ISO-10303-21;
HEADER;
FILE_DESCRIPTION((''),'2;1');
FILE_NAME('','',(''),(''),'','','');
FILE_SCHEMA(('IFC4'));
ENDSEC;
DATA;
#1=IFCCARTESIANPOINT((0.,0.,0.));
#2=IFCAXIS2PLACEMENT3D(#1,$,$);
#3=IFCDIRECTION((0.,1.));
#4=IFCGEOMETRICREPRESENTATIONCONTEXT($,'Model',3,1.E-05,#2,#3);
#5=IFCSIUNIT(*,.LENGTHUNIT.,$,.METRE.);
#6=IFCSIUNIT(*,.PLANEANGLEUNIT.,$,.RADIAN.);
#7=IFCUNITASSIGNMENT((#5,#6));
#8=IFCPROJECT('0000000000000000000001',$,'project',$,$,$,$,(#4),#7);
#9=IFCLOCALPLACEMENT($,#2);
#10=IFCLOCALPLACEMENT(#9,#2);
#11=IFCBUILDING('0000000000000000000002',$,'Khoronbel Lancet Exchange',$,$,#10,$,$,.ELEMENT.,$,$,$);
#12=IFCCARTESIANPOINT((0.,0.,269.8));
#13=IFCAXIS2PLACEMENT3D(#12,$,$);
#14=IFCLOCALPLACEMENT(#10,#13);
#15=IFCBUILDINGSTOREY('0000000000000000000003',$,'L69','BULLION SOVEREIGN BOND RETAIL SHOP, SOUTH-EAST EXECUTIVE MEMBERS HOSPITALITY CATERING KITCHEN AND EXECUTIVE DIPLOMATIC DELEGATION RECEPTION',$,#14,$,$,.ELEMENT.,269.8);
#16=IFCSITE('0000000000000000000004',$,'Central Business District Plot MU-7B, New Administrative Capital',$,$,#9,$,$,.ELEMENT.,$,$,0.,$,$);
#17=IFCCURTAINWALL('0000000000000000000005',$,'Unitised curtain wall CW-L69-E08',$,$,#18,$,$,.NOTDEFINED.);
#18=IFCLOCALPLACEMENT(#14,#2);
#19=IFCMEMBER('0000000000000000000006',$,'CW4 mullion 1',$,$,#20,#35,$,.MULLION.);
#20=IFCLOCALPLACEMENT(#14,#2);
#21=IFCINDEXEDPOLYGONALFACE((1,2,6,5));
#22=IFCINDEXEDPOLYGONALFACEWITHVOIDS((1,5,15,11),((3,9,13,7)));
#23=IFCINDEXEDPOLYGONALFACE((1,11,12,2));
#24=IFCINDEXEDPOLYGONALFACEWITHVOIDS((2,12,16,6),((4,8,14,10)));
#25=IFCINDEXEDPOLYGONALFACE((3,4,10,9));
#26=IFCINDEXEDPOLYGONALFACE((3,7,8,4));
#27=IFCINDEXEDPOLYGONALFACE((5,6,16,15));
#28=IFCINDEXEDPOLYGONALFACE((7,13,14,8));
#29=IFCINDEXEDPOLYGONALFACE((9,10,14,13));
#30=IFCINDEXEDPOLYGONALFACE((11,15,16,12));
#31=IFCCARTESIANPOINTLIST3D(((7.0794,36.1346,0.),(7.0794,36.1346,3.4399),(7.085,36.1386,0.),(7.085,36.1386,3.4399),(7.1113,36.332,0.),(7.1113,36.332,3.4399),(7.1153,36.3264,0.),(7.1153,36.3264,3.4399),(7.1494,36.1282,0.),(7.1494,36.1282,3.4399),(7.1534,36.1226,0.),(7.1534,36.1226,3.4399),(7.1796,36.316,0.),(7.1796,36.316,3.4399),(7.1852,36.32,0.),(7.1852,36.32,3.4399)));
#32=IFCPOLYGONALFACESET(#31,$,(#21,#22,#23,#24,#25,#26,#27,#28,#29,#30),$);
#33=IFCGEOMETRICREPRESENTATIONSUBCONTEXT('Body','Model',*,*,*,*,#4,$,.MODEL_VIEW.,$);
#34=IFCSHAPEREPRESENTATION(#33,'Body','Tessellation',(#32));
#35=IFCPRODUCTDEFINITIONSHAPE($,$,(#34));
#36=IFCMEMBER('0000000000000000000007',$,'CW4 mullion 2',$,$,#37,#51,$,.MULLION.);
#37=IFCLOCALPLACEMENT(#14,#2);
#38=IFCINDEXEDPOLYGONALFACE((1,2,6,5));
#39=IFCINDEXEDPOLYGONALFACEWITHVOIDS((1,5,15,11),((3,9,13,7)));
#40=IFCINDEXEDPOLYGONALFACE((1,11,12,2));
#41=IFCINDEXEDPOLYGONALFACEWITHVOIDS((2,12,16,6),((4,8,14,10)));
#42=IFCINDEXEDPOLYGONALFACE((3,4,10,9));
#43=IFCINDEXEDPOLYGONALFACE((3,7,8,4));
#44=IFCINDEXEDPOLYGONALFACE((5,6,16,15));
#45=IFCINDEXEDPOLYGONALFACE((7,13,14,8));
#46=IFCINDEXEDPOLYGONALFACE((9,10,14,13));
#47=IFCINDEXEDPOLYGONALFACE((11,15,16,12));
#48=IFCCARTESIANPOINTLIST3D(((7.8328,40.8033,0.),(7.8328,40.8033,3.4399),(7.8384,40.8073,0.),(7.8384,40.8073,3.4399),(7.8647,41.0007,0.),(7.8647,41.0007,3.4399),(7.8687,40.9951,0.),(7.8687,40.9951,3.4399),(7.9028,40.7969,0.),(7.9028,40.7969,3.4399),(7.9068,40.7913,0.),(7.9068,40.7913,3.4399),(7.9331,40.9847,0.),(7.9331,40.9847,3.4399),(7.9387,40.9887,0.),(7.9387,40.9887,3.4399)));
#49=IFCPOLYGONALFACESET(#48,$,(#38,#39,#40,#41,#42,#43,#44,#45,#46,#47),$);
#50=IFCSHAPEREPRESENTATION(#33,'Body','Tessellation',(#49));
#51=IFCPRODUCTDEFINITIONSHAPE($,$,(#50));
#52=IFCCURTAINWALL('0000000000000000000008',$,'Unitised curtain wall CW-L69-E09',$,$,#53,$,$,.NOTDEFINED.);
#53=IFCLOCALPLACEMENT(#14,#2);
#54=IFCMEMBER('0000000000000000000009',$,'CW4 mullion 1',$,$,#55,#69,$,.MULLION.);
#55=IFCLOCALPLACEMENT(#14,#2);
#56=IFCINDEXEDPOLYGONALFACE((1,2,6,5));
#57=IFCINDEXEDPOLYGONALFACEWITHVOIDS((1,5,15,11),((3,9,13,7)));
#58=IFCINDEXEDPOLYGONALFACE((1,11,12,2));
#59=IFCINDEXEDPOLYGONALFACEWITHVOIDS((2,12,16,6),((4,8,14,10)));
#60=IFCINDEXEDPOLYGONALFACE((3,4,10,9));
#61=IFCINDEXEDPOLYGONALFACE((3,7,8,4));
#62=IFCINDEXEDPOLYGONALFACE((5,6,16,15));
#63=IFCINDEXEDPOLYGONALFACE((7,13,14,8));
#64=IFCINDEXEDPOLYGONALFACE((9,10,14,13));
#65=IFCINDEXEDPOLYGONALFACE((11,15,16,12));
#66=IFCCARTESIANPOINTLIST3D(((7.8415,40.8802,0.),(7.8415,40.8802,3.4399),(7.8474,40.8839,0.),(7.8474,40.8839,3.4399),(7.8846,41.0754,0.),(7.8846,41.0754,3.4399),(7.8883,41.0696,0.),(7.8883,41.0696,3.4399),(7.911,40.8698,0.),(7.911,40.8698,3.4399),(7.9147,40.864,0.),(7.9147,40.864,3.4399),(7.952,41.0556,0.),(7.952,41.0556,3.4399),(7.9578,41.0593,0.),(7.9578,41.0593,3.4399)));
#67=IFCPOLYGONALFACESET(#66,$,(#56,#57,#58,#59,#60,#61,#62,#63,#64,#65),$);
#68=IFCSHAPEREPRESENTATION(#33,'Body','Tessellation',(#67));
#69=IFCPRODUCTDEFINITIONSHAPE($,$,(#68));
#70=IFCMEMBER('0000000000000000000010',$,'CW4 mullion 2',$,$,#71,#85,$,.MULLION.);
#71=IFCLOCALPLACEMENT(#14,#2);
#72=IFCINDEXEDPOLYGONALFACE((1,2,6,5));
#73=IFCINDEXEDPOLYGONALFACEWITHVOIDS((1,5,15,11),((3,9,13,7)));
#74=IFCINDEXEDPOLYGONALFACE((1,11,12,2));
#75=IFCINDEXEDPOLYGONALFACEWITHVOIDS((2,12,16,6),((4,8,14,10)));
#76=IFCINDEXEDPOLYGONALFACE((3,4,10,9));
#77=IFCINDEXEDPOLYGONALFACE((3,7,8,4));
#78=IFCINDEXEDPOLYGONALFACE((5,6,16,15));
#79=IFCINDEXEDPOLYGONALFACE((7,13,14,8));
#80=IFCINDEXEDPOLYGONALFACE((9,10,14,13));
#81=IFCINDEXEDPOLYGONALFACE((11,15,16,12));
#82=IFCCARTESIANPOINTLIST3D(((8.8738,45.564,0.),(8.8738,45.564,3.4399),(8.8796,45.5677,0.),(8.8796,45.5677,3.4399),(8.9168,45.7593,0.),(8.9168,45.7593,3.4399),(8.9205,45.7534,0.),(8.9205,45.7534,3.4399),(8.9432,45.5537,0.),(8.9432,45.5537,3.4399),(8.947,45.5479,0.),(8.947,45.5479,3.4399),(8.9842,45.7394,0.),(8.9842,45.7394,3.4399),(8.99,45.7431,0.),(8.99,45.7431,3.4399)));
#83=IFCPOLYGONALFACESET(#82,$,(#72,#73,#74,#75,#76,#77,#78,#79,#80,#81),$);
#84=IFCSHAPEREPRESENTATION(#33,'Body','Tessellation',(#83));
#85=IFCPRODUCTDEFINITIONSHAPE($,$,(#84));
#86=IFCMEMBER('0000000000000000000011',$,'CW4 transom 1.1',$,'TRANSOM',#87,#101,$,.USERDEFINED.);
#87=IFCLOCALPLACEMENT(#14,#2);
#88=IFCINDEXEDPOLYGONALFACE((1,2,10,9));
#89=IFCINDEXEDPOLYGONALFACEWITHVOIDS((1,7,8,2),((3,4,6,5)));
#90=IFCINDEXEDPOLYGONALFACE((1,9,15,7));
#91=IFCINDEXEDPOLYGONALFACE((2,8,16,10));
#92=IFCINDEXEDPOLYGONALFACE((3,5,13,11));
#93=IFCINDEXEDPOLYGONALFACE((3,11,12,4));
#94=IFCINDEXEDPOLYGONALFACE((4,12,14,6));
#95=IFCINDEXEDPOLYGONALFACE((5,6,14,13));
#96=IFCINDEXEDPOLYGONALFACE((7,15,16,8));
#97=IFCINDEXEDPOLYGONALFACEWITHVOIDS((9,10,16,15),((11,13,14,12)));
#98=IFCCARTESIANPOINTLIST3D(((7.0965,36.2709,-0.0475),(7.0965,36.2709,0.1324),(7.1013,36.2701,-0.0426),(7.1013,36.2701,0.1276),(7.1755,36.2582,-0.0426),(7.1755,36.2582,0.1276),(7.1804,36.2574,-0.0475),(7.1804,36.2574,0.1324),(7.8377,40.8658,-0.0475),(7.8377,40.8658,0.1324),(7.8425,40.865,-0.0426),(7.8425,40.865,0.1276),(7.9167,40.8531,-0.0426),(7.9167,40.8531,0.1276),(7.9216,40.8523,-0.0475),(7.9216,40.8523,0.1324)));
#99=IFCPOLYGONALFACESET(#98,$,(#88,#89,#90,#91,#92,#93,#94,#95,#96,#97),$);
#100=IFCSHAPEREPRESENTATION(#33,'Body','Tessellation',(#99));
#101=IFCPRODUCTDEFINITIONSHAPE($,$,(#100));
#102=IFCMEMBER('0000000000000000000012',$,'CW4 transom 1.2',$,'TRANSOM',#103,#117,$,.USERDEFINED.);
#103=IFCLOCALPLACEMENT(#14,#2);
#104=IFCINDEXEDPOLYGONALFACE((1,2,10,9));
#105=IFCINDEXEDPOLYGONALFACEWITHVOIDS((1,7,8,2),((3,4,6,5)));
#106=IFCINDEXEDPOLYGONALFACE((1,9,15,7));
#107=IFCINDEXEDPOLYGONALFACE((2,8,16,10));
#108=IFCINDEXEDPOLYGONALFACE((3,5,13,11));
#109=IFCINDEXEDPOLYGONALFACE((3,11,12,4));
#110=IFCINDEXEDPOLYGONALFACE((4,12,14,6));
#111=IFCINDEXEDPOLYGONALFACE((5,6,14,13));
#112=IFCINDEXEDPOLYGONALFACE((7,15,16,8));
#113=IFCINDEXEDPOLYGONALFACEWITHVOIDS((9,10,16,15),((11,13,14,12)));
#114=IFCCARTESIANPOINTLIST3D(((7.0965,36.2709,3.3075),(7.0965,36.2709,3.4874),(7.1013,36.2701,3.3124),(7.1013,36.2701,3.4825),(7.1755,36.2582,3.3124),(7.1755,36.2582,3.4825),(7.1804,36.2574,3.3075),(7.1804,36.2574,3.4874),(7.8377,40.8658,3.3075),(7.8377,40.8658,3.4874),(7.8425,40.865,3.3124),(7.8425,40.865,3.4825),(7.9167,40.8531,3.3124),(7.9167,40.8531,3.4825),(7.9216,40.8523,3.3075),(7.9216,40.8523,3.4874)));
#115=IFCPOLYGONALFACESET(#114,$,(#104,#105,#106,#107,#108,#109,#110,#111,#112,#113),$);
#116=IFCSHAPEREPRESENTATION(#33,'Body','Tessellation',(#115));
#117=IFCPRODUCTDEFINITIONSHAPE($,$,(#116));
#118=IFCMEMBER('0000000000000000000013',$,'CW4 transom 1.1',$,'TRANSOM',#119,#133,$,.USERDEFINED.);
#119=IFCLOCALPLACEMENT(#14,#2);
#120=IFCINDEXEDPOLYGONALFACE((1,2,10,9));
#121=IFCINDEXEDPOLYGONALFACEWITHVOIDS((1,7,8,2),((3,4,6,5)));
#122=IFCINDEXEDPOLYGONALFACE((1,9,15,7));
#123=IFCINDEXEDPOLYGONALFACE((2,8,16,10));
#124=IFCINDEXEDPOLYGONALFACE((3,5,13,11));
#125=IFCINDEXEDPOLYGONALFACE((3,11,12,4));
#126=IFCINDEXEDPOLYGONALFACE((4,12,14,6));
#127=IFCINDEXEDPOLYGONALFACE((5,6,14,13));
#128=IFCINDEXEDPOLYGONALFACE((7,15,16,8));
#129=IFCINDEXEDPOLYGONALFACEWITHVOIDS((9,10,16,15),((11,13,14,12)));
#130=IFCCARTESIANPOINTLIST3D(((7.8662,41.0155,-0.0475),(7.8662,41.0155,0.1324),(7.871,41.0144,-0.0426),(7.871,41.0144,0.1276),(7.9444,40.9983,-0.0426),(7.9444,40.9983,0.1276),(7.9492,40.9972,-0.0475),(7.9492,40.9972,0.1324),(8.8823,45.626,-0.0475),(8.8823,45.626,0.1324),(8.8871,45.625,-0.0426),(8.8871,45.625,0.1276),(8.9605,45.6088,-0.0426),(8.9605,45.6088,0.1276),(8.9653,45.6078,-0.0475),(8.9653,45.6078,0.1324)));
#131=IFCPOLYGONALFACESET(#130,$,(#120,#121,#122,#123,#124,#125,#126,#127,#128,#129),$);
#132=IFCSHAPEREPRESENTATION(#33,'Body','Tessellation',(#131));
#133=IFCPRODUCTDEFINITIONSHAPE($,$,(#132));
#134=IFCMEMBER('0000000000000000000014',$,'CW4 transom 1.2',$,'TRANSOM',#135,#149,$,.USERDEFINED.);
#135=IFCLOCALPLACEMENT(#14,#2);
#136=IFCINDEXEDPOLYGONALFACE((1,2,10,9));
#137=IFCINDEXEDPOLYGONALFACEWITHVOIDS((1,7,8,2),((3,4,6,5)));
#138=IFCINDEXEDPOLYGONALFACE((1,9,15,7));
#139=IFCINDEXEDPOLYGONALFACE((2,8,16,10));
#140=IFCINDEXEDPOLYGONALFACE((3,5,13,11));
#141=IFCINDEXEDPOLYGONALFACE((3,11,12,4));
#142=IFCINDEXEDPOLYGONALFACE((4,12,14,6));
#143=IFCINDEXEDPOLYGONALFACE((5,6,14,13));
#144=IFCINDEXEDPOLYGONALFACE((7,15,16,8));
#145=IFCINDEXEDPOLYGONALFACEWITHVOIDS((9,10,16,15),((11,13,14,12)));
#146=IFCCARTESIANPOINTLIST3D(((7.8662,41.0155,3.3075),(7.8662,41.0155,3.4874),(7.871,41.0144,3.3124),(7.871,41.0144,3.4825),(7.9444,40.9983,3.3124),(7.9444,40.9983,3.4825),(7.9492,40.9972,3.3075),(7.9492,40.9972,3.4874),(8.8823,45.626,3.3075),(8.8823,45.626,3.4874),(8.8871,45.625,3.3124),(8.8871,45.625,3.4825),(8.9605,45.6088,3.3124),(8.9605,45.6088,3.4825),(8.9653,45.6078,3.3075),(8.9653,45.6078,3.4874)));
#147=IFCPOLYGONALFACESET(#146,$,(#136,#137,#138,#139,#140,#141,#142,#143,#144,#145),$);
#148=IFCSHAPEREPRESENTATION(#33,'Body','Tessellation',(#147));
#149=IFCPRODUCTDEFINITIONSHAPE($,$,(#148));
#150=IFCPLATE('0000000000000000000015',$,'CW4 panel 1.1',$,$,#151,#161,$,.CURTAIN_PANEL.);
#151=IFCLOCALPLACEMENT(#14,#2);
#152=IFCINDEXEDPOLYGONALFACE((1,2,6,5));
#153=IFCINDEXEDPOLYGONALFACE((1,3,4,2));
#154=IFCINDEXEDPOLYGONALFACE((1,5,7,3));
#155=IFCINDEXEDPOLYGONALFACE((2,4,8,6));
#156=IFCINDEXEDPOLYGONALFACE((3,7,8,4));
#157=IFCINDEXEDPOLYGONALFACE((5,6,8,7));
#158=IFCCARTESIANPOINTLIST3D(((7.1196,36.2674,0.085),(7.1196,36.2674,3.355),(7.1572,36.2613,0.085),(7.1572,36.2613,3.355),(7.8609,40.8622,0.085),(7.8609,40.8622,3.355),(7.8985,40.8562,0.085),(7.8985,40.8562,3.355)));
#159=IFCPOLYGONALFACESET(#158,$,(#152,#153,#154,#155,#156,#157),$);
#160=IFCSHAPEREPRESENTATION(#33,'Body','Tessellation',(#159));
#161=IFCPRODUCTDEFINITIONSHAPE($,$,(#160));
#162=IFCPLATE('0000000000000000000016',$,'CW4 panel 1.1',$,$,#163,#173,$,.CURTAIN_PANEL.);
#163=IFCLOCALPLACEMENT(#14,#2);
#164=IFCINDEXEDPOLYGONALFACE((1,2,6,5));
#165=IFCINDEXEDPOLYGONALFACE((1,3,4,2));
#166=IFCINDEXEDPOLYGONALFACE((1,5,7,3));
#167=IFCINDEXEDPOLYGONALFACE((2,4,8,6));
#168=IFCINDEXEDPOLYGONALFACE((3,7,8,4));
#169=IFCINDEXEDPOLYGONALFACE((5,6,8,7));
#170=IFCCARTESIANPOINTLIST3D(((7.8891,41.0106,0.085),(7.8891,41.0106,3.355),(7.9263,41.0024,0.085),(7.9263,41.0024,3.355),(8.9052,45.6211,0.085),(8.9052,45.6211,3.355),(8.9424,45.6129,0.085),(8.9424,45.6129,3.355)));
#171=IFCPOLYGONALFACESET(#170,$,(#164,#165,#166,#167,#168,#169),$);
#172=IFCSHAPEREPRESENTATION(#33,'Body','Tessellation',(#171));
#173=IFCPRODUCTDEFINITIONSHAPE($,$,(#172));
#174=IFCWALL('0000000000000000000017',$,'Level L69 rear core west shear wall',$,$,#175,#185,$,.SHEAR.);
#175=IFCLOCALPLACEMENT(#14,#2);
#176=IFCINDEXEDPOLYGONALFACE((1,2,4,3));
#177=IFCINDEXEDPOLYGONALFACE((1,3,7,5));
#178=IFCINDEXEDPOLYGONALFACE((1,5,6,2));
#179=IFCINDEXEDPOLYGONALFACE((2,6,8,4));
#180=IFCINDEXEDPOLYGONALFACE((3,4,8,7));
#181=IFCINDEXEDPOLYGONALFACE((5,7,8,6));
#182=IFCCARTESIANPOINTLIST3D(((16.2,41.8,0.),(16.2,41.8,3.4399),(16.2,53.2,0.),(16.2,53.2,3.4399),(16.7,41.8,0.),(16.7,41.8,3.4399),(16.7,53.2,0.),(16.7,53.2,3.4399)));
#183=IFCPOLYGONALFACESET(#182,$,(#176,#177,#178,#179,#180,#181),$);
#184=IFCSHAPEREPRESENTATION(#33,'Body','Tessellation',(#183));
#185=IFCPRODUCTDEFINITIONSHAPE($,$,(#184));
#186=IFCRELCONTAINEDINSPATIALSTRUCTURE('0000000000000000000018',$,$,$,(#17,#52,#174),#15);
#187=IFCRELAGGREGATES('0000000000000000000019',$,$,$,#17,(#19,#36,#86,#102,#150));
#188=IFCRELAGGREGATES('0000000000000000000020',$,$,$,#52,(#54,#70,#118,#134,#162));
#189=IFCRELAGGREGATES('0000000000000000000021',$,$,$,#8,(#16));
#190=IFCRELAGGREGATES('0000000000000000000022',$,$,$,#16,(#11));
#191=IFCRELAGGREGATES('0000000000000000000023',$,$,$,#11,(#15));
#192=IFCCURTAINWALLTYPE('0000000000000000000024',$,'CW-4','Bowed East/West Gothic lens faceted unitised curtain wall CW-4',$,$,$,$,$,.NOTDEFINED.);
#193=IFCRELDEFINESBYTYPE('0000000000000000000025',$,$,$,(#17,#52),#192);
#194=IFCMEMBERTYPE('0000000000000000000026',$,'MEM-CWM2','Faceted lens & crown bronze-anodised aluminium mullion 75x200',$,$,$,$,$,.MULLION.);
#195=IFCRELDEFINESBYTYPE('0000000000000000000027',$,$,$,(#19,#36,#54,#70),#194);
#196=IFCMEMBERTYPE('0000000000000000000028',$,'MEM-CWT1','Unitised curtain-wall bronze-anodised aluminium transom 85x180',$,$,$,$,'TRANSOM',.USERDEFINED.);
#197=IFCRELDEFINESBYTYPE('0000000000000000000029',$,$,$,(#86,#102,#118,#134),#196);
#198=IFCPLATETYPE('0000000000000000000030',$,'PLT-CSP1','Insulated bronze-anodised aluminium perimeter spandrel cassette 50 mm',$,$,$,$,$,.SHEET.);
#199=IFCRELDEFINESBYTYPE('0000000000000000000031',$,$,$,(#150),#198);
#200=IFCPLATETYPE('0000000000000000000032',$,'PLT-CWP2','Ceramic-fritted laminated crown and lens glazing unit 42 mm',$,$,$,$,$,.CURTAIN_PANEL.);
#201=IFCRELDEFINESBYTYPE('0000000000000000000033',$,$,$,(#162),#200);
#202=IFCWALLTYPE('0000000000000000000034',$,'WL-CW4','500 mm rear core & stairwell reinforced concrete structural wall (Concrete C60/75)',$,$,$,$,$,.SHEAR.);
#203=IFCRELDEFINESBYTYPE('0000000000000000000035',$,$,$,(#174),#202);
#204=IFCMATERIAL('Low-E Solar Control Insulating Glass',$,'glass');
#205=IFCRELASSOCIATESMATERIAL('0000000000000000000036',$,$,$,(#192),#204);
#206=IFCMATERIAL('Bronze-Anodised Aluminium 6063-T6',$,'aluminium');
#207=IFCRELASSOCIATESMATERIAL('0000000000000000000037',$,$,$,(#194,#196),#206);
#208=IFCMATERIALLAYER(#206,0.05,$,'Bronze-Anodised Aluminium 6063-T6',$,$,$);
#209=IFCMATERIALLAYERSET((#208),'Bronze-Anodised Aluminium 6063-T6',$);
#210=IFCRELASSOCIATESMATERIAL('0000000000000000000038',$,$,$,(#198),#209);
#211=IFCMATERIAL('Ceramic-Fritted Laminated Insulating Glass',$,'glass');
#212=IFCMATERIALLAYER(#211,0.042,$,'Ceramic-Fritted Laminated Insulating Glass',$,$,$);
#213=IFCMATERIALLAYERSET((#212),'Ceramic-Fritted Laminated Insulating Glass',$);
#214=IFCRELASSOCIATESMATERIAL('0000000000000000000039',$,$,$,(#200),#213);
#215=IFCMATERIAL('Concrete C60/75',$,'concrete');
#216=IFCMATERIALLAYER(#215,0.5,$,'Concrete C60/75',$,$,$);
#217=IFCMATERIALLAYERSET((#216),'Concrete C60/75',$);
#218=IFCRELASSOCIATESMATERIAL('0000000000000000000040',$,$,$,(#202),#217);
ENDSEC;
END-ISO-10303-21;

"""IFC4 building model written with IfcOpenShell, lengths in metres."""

from ifc_helpers import new_model, si_unit, direction, frame, frame_2d, origin, origin_2d, place, context, subcontext, project, spatial, rectangle, hollow_rectangle, extrude, material, layer, layer_set, material_profile, profile_set, type_object, element, aggregate, save


model = new_model("IFC4")

# Units and contexts
model_context = context("Model", 3, precision=1e-05, world=origin(), true_north=direction((0.0, 1.0)))
body_context = subcontext(model_context, "Body", "Model", "MODEL_VIEW")
ifc_project = project(units=[si_unit("LENGTHUNIT", "METRE"), si_unit("PLANEANGLEUNIT", "RADIAN")], contexts=[model_context])

# Site, building, storey
site_placement = place(None, origin())
site = spatial("IfcSite", under=ifc_project, at=site_placement, Name="Central Business District Plot MU-7B, New Administrative Capital", CompositionType="ELEMENT", RefElevation=0.0)
building_placement = place(site_placement, origin())
building = spatial("IfcBuilding", under=site, at=building_placement, Name="Khoronbel Lancet Exchange", CompositionType="ELEMENT")
storey_placement = place(building_placement, frame((0.0, 0.0, 269.8)))
storey = spatial("IfcBuildingStorey", under=building, at=storey_placement, Name="L69", Description="BULLION SOVEREIGN BOND RETAIL SHOP, SOUTH-EAST EXECUTIVE MEMBERS HOSPITALITY CATERING KITCHEN AND EXECUTIVE DIPLOMATIC DELEGATION RECEPTION", CompositionType="ELEMENT", Elevation=269.8)

# Shared definitions
ifc_material_1 = material(Name="Low-E Solar Control Insulating Glass", Category="glass")
curtain_wall_type = type_object("IfcCurtainWallType", Name="CW-4", Description="Bowed East/West Gothic lens faceted unitised curtain wall CW-4", PredefinedType="NOTDEFINED", material=ifc_material_1)
ifc_material_2 = material(Name="Bronze-Anodised Aluminium 6063-T6", Category="aluminium")
ifc_material_profile_1 = material_profile(ifc_material_2, hollow_rectangle(XDim=0.075, YDim=0.2, WallThickness=0.0049, at=origin_2d()), Name="ALU MULLION 75x200")
ifc_profile_set_1 = profile_set([ifc_material_profile_1], Name="Bronze-Anodised Aluminium 6063-T6")
member_type_1 = type_object("IfcMemberType", Name="MEM-CWM2", Description="Faceted lens & crown bronze-anodised aluminium mullion 75x200", PredefinedType="MULLION", material=ifc_profile_set_1)

# Curtain walls, members
curtain_wall_1_placement = place(storey_placement, origin())
curtain_wall_1 = element("IfcCurtainWall", 1, at=curtain_wall_1_placement, inside=storey, type_object=curtain_wall_type, Name="Unitised curtain wall CW-L69-E08", PredefinedType="NOTDEFINED")
member_1_placement = place(storey_placement, frame((7.1323, 36.2273, 0.0), z_axis=(0.0, 0.0, 1.0), x_axis=(-0.987234, 0.159276, 0.0)))
member_1 = element("IfcMember", 2, at=member_1_placement, type_object=member_type_1, Name="CW4 mullion 1", PredefinedType="MULLION", context=body_context, shape_type="SweptSolid", body=[
    extrude(hollow_rectangle(XDim=0.075, YDim=0.2, WallThickness=0.0049, at=origin_2d()), origin(), (0.0, 0.0, 1.0), 3.4399),
])
member_2_placement = place(storey_placement, frame((7.8857, 40.896, 0.0), z_axis=(0.0, 0.0, 1.0), x_axis=(-0.987234, 0.159276, 0.0)))
member_2 = element("IfcMember", 3, at=member_2_placement, type_object=member_type_1, Name="CW4 mullion 2", PredefinedType="MULLION", context=body_context, shape_type="SweptSolid", body=[
    extrude(hollow_rectangle(XDim=0.075, YDim=0.2, WallThickness=0.0049, at=origin_2d()), origin(), (0.0, 0.0, 1.0), 3.4399),
])
curtain_wall_2_placement = place(storey_placement, origin())
curtain_wall_2 = element("IfcCurtainWall", 4, at=curtain_wall_2_placement, inside=storey, type_object=curtain_wall_type, Name="Unitised curtain wall CW-L69-E09", PredefinedType="NOTDEFINED")
member_3_placement = place(storey_placement, frame((7.8997, 40.9697, 0.0), z_axis=(0.0, 0.0, 1.0), x_axis=(-0.976565, 0.215222, 0.0)))
member_3 = element("IfcMember", 5, at=member_3_placement, type_object=member_type_1, Name="CW4 mullion 1", PredefinedType="MULLION", context=body_context, shape_type="SweptSolid", body=[
    extrude(hollow_rectangle(XDim=0.075, YDim=0.2, WallThickness=0.0049, at=origin_2d()), origin(), (0.0, 0.0, 1.0), 3.4399),
])
member_4_placement = place(storey_placement, frame((8.9319, 45.6536, 0.0), z_axis=(0.0, 0.0, 1.0), x_axis=(-0.976565, 0.215222, 0.0)))
member_4 = element("IfcMember", 6, at=member_4_placement, type_object=member_type_1, Name="CW4 mullion 2", PredefinedType="MULLION", context=body_context, shape_type="SweptSolid", body=[
    extrude(hollow_rectangle(XDim=0.075, YDim=0.2, WallThickness=0.0049, at=origin_2d()), origin(), (0.0, 0.0, 1.0), 3.4399),
])

# Members
ifc_material_profile_2 = material_profile(ifc_material_2, hollow_rectangle(XDim=0.085, YDim=0.1799, WallThickness=0.0049, at=origin_2d()), Name="ALU TRANSOM 85x180")
ifc_profile_set_2 = profile_set([ifc_material_profile_2], Name="Bronze-Anodised Aluminium 6063-T6")
member_type_2 = type_object("IfcMemberType", Name="MEM-CWT1", Description="Unitised curtain-wall bronze-anodised aluminium transom 85x180", ElementType="TRANSOM", PredefinedType="USERDEFINED", material=ifc_profile_set_2)
member_5_placement = place(storey_placement, frame((7.1384, 36.2642, 0.0425), z_axis=(0.159251, 0.987238, 0.0), x_axis=(-0.987238, 0.159251, 0.0)))
member_5 = element("IfcMember", 7, at=member_5_placement, type_object=member_type_2, Name="CW4 transom 1.1", ObjectType="TRANSOM", PredefinedType="USERDEFINED", context=body_context, shape_type="SweptSolid", body=[
    extrude(hollow_rectangle(XDim=0.085, YDim=0.1799, WallThickness=0.0049, at=origin_2d()), origin(), (0.0, 0.0, 1.0), 4.6543),
])
member_6_placement = place(storey_placement, frame((7.1384, 36.2642, 3.3975), z_axis=(0.159251, 0.987238, 0.0), x_axis=(-0.987238, 0.159251, 0.0)))
member_6 = element("IfcMember", 8, at=member_6_placement, type_object=member_type_2, Name="CW4 transom 1.2", ObjectType="TRANSOM", PredefinedType="USERDEFINED", context=body_context, shape_type="SweptSolid", body=[
    extrude(hollow_rectangle(XDim=0.085, YDim=0.1799, WallThickness=0.0049, at=origin_2d()), origin(), (0.0, 0.0, 1.0), 4.6543),
])
member_7_placement = place(storey_placement, frame((7.9077, 41.0063, 0.0425), z_axis=(0.215222, 0.976565, 0.0), x_axis=(-0.976565, 0.215222, 0.0)))
member_7 = element("IfcMember", 9, at=member_7_placement, type_object=member_type_2, Name="CW4 transom 1.1", ObjectType="TRANSOM", PredefinedType="USERDEFINED", context=body_context, shape_type="SweptSolid", body=[
    extrude(hollow_rectangle(XDim=0.085, YDim=0.1799, WallThickness=0.0049, at=origin_2d()), origin(), (0.0, 0.0, 1.0), 4.7212),
])
member_8_placement = place(storey_placement, frame((7.9077, 41.0063, 3.3975), z_axis=(0.215222, 0.976565, 0.0), x_axis=(-0.976565, 0.215222, 0.0)))
member_8 = element("IfcMember", 10, at=member_8_placement, type_object=member_type_2, Name="CW4 transom 1.2", ObjectType="TRANSOM", PredefinedType="USERDEFINED", context=body_context, shape_type="SweptSolid", body=[
    extrude(hollow_rectangle(XDim=0.085, YDim=0.1799, WallThickness=0.0049, at=origin_2d()), origin(), (0.0, 0.0, 1.0), 4.7212),
])

# Plates
ifc_layer_1 = layer(ifc_material_2, 0.05, Name="Bronze-Anodised Aluminium 6063-T6")
ifc_layer_set_1 = layer_set([ifc_layer_1], Name="Bronze-Anodised Aluminium 6063-T6")
plate_type_1 = type_object("IfcPlateType", Name="PLT-CSP1", Description="Insulated bronze-anodised aluminium perimeter spandrel cassette 50 mm", PredefinedType="SHEET", material=ifc_layer_set_1)
plate_1_placement = place(storey_placement, frame((7.509, 38.5618, 0.085), z_axis=(0.0, 0.0, 1.0), x_axis=(0.159276, 0.987234, 0.0)))
plate_1 = element("IfcPlate", 11, at=plate_1_placement, type_object=plate_type_1, Name="CW4 panel 1.1", PredefinedType="CURTAIN_PANEL", context=body_context, shape_type="SweptSolid", body=[
    extrude(rectangle(XDim=4.6543, YDim=0.0381, at=origin_2d()), origin(), (0.0, 0.0, 1.0), 3.27),
])
aggregate(curtain_wall_1, [member_1, member_2, member_5, member_6, plate_1])
ifc_material_3 = material(Name="Ceramic-Fritted Laminated Insulating Glass", Category="glass")
ifc_layer_2 = layer(ifc_material_3, 0.042, Name="Ceramic-Fritted Laminated Insulating Glass")
ifc_layer_set_2 = layer_set([ifc_layer_2], Name="Ceramic-Fritted Laminated Insulating Glass")
plate_type_2 = type_object("IfcPlateType", Name="PLT-CWP2", Description="Ceramic-fritted laminated crown and lens glazing unit 42 mm", PredefinedType="CURTAIN_PANEL", material=ifc_layer_set_2)
plate_2_placement = place(storey_placement, frame((8.4158, 43.3118, 0.085), z_axis=(0.0, 0.0, 1.0), x_axis=(0.215222, 0.976565, 0.0)))
plate_2 = element("IfcPlate", 12, at=plate_2_placement, type_object=plate_type_2, Name="CW4 panel 1.1", PredefinedType="CURTAIN_PANEL", context=body_context, shape_type="SweptSolid", body=[
    extrude(rectangle(XDim=4.7212, YDim=0.0381, at=origin_2d()), origin(), (0.0, 0.0, 1.0), 3.27),
])
aggregate(curtain_wall_2, [member_3, member_4, member_7, member_8, plate_2])

# Wall
ifc_material_4 = material(Name="Concrete C60/75", Category="concrete")
ifc_layer_3 = layer(ifc_material_4, 0.5, Name="Concrete C60/75")
ifc_layer_set_3 = layer_set([ifc_layer_3], Name="Concrete C60/75")
wall_type_1 = type_object("IfcWallType", Name="WL-CW4", Description="500 mm rear core & stairwell reinforced concrete structural wall (Concrete C60/75)", PredefinedType="SHEAR", material=ifc_layer_set_3)
wall_1_placement = place(storey_placement, frame((16.45, 41.8, 0.0), z_axis=(0.0, 0.0, 1.0), x_axis=(0.0, 1.0, 0.0)))
element("IfcWall", 13, at=wall_1_placement, inside=storey, type_object=wall_type_1, Name="Level L69 rear core west shear wall", PredefinedType="SHEAR", context=body_context, shape_type="SweptSolid", body=[
    extrude(rectangle(XDim=11.3999, YDim=0.5, at=frame_2d((5.7, 0.0))), origin(), (0.0, 0.0, 1.0), 3.4399),
])

save(model, "model.ifc")
